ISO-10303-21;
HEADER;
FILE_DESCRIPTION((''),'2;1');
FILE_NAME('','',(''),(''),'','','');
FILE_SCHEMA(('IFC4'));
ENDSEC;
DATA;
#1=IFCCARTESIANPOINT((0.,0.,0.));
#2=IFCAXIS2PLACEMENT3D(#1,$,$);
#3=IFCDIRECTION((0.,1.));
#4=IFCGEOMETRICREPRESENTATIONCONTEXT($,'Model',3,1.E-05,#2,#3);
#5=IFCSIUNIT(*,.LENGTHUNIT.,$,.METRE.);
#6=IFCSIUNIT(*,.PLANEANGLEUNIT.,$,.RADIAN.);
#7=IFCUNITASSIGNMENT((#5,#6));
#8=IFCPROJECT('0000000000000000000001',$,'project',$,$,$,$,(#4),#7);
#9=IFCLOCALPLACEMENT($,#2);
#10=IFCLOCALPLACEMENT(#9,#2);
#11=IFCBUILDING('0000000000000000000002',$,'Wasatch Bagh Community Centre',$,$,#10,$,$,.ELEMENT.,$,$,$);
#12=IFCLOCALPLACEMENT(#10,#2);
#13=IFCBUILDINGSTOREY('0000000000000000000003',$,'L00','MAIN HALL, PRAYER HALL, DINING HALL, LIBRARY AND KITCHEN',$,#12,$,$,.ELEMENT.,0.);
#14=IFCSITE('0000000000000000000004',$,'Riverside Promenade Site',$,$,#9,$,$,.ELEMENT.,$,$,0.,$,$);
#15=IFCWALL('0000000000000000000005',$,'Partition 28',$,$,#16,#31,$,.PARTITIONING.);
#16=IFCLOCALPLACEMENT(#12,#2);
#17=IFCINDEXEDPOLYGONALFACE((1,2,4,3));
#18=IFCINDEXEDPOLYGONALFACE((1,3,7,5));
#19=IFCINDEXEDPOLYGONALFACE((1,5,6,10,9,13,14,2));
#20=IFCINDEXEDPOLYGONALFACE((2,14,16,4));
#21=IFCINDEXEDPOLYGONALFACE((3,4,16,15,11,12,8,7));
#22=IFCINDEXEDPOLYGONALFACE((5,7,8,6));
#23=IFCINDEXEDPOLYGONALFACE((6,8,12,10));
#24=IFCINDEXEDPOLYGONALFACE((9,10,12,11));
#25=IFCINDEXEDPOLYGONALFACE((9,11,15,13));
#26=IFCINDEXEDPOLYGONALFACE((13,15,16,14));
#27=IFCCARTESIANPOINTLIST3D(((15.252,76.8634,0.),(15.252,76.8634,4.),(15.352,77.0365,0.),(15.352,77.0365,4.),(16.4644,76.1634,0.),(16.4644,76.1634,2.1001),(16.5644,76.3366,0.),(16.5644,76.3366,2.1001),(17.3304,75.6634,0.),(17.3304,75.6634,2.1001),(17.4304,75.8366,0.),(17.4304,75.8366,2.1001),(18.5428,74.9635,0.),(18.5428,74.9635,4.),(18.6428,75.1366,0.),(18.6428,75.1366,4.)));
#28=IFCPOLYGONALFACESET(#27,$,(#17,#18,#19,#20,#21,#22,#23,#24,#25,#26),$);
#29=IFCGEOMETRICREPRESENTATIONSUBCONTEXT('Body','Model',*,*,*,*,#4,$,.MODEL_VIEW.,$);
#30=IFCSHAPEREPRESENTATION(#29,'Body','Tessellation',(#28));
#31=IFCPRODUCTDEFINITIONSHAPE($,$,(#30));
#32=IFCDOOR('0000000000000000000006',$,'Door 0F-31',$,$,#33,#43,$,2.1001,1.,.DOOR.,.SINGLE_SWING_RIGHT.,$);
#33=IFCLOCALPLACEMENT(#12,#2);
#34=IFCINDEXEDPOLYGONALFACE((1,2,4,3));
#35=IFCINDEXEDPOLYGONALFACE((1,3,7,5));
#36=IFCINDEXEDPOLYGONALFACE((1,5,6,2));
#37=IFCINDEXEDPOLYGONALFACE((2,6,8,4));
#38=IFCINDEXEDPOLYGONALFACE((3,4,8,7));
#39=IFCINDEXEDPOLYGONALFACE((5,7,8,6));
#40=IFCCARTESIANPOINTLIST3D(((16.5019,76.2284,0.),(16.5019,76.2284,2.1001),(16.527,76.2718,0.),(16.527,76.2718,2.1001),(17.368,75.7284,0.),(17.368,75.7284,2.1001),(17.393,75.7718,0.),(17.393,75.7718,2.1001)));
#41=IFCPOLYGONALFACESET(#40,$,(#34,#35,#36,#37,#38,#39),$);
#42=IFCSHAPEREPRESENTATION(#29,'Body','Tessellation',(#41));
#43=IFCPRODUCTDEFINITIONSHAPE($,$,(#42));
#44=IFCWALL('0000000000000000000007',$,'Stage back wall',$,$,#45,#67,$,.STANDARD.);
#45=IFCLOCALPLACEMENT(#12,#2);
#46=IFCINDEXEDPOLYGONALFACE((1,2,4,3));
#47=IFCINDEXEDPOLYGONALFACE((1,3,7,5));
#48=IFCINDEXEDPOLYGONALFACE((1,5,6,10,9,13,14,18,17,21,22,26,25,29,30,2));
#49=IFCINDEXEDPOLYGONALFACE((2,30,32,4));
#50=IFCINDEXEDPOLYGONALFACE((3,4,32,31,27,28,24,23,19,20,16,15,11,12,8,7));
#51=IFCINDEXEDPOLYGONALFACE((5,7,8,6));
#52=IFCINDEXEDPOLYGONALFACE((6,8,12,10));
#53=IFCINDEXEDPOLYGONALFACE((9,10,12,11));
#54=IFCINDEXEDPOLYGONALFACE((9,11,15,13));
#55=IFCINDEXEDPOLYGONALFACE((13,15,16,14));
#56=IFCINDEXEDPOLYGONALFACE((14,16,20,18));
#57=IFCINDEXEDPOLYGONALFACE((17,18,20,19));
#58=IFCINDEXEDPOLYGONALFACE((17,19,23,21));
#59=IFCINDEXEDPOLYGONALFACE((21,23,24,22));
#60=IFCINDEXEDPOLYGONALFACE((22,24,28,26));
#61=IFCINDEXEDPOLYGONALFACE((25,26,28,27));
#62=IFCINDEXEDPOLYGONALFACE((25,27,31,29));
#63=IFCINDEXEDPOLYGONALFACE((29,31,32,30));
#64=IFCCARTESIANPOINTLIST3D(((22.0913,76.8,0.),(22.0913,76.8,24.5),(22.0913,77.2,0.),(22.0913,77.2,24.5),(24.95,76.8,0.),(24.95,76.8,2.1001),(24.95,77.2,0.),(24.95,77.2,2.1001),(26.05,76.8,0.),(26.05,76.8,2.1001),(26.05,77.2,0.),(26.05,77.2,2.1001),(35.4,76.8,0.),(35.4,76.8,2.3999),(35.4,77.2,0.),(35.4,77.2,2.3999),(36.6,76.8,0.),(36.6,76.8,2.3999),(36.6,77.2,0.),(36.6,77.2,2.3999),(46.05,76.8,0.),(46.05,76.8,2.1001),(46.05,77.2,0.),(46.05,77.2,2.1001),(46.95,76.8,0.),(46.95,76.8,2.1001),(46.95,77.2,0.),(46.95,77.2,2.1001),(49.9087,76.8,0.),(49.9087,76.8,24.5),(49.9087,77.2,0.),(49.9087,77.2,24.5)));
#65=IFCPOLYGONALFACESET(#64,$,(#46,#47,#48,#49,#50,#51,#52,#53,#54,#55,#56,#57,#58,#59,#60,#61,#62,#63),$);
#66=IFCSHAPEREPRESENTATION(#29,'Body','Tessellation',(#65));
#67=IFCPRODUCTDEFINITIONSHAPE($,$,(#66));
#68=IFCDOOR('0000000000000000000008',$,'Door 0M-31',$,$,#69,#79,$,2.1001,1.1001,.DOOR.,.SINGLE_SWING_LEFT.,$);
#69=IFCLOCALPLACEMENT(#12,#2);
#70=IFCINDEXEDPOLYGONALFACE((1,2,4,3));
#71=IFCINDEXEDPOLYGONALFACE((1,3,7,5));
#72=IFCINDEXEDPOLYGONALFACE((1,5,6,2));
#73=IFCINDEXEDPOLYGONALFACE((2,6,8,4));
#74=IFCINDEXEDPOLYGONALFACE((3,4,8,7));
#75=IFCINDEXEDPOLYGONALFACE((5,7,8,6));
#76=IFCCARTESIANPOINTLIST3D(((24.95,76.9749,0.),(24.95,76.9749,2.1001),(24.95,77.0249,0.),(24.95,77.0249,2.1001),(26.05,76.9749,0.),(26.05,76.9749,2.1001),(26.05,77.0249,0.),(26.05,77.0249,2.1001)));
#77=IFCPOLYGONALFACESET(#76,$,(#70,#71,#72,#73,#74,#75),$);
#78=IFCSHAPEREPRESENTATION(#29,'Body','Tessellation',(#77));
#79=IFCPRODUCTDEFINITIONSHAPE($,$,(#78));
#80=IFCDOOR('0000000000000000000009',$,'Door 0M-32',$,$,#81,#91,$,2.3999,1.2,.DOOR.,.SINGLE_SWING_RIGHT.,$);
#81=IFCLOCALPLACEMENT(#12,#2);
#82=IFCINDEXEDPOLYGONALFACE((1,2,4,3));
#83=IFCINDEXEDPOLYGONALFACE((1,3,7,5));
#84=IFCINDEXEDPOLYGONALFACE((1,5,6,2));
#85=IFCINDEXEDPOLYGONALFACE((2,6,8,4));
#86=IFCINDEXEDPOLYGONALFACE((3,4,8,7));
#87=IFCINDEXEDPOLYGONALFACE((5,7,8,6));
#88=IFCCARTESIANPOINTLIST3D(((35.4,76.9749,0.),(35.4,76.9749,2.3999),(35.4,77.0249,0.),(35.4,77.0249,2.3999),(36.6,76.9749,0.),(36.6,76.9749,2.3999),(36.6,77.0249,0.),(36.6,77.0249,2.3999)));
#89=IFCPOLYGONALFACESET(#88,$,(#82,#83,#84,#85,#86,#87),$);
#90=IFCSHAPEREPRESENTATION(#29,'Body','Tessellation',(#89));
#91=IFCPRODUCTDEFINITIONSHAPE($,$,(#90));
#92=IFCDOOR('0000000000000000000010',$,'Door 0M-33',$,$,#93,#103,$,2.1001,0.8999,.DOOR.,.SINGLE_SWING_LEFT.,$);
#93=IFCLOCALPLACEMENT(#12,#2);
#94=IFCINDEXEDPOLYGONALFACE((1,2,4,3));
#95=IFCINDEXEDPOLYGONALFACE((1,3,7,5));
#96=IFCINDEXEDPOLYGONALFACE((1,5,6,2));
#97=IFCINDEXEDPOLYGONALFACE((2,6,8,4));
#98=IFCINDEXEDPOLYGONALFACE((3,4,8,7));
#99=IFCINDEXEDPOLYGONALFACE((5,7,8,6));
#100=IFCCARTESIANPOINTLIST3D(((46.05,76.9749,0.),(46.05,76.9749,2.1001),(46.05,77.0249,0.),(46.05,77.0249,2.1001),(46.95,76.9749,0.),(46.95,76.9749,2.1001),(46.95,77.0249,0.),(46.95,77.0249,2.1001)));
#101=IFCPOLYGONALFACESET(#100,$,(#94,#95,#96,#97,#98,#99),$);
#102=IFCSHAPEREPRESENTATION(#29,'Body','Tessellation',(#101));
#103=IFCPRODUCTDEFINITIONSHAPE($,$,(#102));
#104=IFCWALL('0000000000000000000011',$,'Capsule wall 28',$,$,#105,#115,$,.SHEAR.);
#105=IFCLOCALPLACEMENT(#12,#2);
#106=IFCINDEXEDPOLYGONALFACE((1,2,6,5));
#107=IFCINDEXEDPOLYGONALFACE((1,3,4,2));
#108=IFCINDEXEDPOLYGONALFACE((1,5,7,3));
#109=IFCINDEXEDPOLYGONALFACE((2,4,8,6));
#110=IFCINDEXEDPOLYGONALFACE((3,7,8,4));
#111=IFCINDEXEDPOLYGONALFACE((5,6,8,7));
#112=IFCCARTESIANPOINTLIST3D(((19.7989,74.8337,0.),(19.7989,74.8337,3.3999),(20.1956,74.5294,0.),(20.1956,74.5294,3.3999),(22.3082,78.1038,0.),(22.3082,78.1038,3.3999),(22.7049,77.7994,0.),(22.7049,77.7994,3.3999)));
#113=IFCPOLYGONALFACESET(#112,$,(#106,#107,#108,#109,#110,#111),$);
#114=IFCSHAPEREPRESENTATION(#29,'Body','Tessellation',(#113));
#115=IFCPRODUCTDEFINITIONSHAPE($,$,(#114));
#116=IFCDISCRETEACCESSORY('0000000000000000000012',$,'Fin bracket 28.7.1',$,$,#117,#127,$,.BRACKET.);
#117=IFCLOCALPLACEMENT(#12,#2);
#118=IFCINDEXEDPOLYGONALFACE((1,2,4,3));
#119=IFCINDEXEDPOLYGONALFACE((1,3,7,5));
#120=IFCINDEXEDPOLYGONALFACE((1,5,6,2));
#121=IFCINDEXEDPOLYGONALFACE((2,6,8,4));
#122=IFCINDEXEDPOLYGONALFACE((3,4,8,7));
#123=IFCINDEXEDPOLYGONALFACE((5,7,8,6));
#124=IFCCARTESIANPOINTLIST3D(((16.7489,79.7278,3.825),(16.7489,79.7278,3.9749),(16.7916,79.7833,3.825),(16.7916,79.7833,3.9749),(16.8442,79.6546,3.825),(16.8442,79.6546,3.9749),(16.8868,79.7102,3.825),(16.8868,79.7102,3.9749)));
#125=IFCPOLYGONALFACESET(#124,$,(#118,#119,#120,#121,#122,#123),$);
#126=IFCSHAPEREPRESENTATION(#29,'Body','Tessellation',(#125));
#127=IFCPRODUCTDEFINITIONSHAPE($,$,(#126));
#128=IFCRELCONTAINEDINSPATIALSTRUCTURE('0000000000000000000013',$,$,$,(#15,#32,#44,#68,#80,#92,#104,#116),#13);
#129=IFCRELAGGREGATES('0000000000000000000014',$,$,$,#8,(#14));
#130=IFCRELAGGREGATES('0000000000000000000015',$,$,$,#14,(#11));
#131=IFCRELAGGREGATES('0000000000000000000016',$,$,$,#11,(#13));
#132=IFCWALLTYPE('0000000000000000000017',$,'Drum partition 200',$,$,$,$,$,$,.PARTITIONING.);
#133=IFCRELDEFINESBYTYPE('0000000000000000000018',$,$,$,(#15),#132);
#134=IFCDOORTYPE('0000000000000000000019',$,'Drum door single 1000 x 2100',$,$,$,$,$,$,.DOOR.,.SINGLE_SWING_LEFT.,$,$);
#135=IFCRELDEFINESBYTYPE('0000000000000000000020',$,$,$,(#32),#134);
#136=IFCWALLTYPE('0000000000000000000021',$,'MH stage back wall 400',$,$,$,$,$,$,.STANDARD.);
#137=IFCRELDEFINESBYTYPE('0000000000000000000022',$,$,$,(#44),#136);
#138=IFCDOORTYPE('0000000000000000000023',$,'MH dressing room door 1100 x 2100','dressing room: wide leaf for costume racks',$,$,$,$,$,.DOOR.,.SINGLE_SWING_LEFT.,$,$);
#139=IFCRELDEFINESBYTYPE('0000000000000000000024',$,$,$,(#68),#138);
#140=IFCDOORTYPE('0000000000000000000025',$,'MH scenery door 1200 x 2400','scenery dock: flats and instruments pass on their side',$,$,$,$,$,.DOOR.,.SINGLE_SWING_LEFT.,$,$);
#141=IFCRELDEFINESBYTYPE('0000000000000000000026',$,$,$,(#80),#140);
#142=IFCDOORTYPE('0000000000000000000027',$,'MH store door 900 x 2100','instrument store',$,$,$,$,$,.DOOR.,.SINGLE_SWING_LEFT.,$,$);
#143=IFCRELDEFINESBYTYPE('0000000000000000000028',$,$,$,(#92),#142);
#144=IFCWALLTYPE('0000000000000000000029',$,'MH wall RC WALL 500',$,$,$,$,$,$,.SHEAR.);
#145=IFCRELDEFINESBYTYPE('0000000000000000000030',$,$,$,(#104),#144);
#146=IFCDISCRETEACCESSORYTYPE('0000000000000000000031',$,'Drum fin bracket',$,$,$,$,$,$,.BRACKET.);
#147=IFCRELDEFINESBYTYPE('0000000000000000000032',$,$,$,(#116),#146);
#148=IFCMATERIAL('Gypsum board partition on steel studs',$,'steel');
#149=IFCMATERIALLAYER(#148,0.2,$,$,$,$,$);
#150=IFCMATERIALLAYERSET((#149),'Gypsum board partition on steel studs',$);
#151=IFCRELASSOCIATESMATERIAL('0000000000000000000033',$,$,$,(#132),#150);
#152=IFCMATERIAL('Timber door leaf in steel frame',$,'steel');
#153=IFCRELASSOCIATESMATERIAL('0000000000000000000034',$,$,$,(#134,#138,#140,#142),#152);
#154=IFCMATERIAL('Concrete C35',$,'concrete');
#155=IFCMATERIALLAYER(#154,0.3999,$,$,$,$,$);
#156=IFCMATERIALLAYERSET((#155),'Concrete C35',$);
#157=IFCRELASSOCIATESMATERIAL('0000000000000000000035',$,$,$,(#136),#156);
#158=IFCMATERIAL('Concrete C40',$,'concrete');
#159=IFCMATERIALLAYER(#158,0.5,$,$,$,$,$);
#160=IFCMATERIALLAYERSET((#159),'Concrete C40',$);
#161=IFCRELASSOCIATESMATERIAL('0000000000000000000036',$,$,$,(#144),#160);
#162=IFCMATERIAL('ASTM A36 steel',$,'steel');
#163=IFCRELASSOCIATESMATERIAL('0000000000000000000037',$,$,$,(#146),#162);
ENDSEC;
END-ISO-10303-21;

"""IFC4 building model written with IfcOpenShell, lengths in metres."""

from ifc_helpers import new_model, si_unit, direction, frame, frame_2d, origin, origin_2d, place, context, subcontext, project, spatial, rectangle, extrude, material, layer, layer_set, type_object, element, fill, save


model = new_model("IFC4")

# Units and contexts
model_context = context("Model", 3, precision=1e-05, world=origin(), true_north=direction((0.0, 1.0)))
body_context = subcontext(model_context, "Body", "Model", "MODEL_VIEW")
ifc_project = project(units=[si_unit("LENGTHUNIT", "METRE"), si_unit("PLANEANGLEUNIT", "RADIAN")], contexts=[model_context])

# Site, building, storey
site_placement = place(None, origin())
site = spatial("IfcSite", under=ifc_project, at=site_placement, Name="Riverside Promenade Site", CompositionType="ELEMENT", RefElevation=0.0)
building_placement = place(site_placement, origin())
building = spatial("IfcBuilding", under=site, at=building_placement, Name="Wasatch Bagh Community Centre", CompositionType="ELEMENT")
storey_placement = place(building_placement, origin())
storey = spatial("IfcBuildingStorey", under=building, at=storey_placement, Name="L00", Description="MAIN HALL, PRAYER HALL, DINING HALL, LIBRARY AND KITCHEN", CompositionType="ELEMENT", Elevation=0.0)

# Shared definitions
ifc_material_1 = material(Name="Concrete C35", Category="concrete")

# Shared definitions
ifc_material_2 = material(Name="Concrete C40", Category="concrete")

# Wall, opening, door
ifc_material_3 = material(Name="Gypsum board partition on steel studs", Category="steel")
ifc_layer_1 = layer(ifc_material_3, 0.2)
ifc_layer_set_1 = layer_set([ifc_layer_1], Name="Gypsum board partition on steel studs")
wall_type_1 = type_object("IfcWallType", Name="Drum partition 200", PredefinedType="PARTITIONING", material=ifc_layer_set_1)
wall_1_placement = place(storey_placement, frame((18.5928, 75.05, 0.0), z_axis=(0.0, 0.0, 1.0), x_axis=(-0.866028, 0.499995, 0.0)))
wall_1 = element("IfcWall", 1, at=wall_1_placement, inside=storey, type_object=wall_type_1, Name="Partition 28", PredefinedType="PARTITIONING", context=body_context, shape_type="SweptSolid", body=[
    extrude(rectangle(XDim=3.7998, YDim=0.2, at=frame_2d((1.8999, 0.0))), origin(), (0.0, 0.0, 1.0), 4.0),
])
opening_1_placement = place(wall_1_placement, frame((1.3999, 0.0, 0.0)))
opening_1 = element("IfcOpeningElement", 2, at=opening_1_placement, cuts=wall_1, PredefinedType="OPENING", context=body_context, shape_type="SweptSolid", body=[
    extrude(rectangle(XDim=1.0, YDim=2.1001, at=frame_2d((0.5, 1.05))), frame((0.0, 0.1099, 0.0), z_axis=(0.0, -1.0, 0.0), x_axis=(1.0, 0.0, 0.0)), (0.0, 0.0, 1.0), 0.22),
])
ifc_material_4 = material(Name="Timber door leaf in steel frame", Category="steel")
door_type_1 = type_object("IfcDoorType", Name="Drum door single 1000 x 2100", OperationType="SINGLE_SWING_LEFT", PredefinedType="DOOR", material=ifc_material_4)
door_1_placement = place(opening_1_placement, origin())
door_1 = element("IfcDoor", 3, at=door_1_placement, inside=storey, type_object=door_type_1, Name="Door 0F-31", OperationType="SINGLE_SWING_RIGHT", OverallHeight=2.1001, OverallWidth=1.0, PredefinedType="DOOR", context=body_context, shape_type="SweptSolid", body=[
    extrude(rectangle(XDim=1.0, YDim=2.1001, at=frame_2d((0.5, 1.05))), frame((0.0, 0.0249, 0.0), z_axis=(0.0, -1.0, 0.0), x_axis=(1.0, 0.0, 0.0)), (0.0, 0.0, 1.0), 0.05),
])
fill(opening_1, door_1)

# Wall, openings, doors
ifc_layer_2 = layer(ifc_material_1, 0.3999)
ifc_layer_set_2 = layer_set([ifc_layer_2], Name="Concrete C35")
wall_type_2 = type_object("IfcWallType", Name="MH stage back wall 400", PredefinedType="STANDARD", material=ifc_layer_set_2)
wall_2_placement = place(storey_placement, frame((22.0913, 77.0, 0.0), z_axis=(0.0, 0.0, 1.0), x_axis=(1.0, 0.0, 0.0)))
wall_2 = element("IfcWall", 4, at=wall_2_placement, inside=storey, type_object=wall_type_2, Name="Stage back wall", PredefinedType="STANDARD", context=body_context, shape_type="SweptSolid", body=[
    extrude(rectangle(XDim=27.8174, YDim=0.3999, at=frame_2d((13.9087, 0.0))), origin(), (0.0, 0.0, 1.0), 24.5),
])
opening_2_placement = place(wall_2_placement, frame((2.8586, 0.0, 0.0)))
opening_2 = element("IfcOpeningElement", 5, at=opening_2_placement, cuts=wall_2, PredefinedType="OPENING", context=body_context, shape_type="SweptSolid", body=[
    extrude(rectangle(XDim=1.1001, YDim=2.1001, at=frame_2d((0.55, 1.05))), frame((0.0, 0.21, 0.0), z_axis=(0.0, -1.0, 0.0), x_axis=(1.0, 0.0, 0.0)), (0.0, 0.0, 1.0), 0.4199),
])
opening_3_placement = place(wall_2_placement, frame((13.3086, 0.0, 0.0)))
opening_3 = element("IfcOpeningElement", 6, at=opening_3_placement, cuts=wall_2, PredefinedType="OPENING", context=body_context, shape_type="SweptSolid", body=[
    extrude(rectangle(XDim=1.2, YDim=2.3999, at=frame_2d((0.6001, 1.2))), frame((0.0, 0.21, 0.0), z_axis=(0.0, -1.0, 0.0), x_axis=(1.0, 0.0, 0.0)), (0.0, 0.0, 1.0), 0.4199),
])
opening_4_placement = place(wall_2_placement, frame((23.9587, 0.0, 0.0)))
opening_4 = element("IfcOpeningElement", 7, at=opening_4_placement, cuts=wall_2, PredefinedType="OPENING", context=body_context, shape_type="SweptSolid", body=[
    extrude(rectangle(XDim=0.8999, YDim=2.1001, at=frame_2d((0.45, 1.05))), frame((0.0, 0.21, 0.0), z_axis=(0.0, -1.0, 0.0), x_axis=(1.0, 0.0, 0.0)), (0.0, 0.0, 1.0), 0.4199),
])
door_type_2 = type_object("IfcDoorType", Name="MH dressing room door 1100 x 2100", Description="dressing room: wide leaf for costume racks", OperationType="SINGLE_SWING_LEFT", PredefinedType="DOOR", material=ifc_material_4)
door_2_placement = place(opening_2_placement, origin())
door_2 = element("IfcDoor", 8, at=door_2_placement, inside=storey, type_object=door_type_2, Name="Door 0M-31", OperationType="SINGLE_SWING_LEFT", OverallHeight=2.1001, OverallWidth=1.1001, PredefinedType="DOOR", context=body_context, shape_type="SweptSolid", body=[
    extrude(rectangle(XDim=1.1001, YDim=2.1001, at=frame_2d((0.55, 1.05))), frame((0.0, 0.0249, 0.0), z_axis=(0.0, -1.0, 0.0), x_axis=(1.0, 0.0, 0.0)), (0.0, 0.0, 1.0), 0.05),
])
fill(opening_2, door_2)
door_type_3 = type_object("IfcDoorType", Name="MH scenery door 1200 x 2400", Description="scenery dock: flats and instruments pass on their side", OperationType="SINGLE_SWING_LEFT", PredefinedType="DOOR", material=ifc_material_4)
door_3_placement = place(opening_3_placement, origin())
door_3 = element("IfcDoor", 9, at=door_3_placement, inside=storey, type_object=door_type_3, Name="Door 0M-32", OperationType="SINGLE_SWING_RIGHT", OverallHeight=2.3999, OverallWidth=1.2, PredefinedType="DOOR", context=body_context, shape_type="SweptSolid", body=[
    extrude(rectangle(XDim=1.2, YDim=2.3999, at=frame_2d((0.6001, 1.2))), frame((0.0, 0.0249, 0.0), z_axis=(0.0, -1.0, 0.0), x_axis=(1.0, 0.0, 0.0)), (0.0, 0.0, 1.0), 0.05),
])
fill(opening_3, door_3)
door_type_4 = type_object("IfcDoorType", Name="MH store door 900 x 2100", Description="instrument store", OperationType="SINGLE_SWING_LEFT", PredefinedType="DOOR", material=ifc_material_4)
door_4_placement = place(opening_4_placement, origin())
door_4 = element("IfcDoor", 10, at=door_4_placement, inside=storey, type_object=door_type_4, Name="Door 0M-33", OperationType="SINGLE_SWING_LEFT", OverallHeight=2.1001, OverallWidth=0.8999, PredefinedType="DOOR", context=body_context, shape_type="SweptSolid", body=[
    extrude(rectangle(XDim=0.8999, YDim=2.1001, at=frame_2d((0.45, 1.05))), frame((0.0, 0.0249, 0.0), z_axis=(0.0, -1.0, 0.0), x_axis=(1.0, 0.0, 0.0)), (0.0, 0.0, 1.0), 0.05),
])
fill(opening_4, door_4)

# Wall
ifc_layer_3 = layer(ifc_material_2, 0.5)
ifc_layer_set_3 = layer_set([ifc_layer_3], Name="Concrete C40")
wall_type_3 = type_object("IfcWallType", Name="MH wall RC WALL 500", PredefinedType="SHEAR", material=ifc_layer_set_3)
wall_3_placement = place(storey_placement, frame((22.5066, 77.9517, 0.0), z_axis=(0.0, 0.0, 1.0), x_axis=(-0.608777, -0.793341, 0.0)))
element("IfcWall", 11, at=wall_3_placement, inside=storey, type_object=wall_type_3, Name="Capsule wall 28", PredefinedType="SHEAR", context=body_context, shape_type="SweptSolid", body=[
    extrude(rectangle(XDim=4.1218, YDim=0.5, at=frame_2d((2.061, 0.0))), origin(), (0.0, 0.0, 1.0), 3.3999),
])

# Discrete accessory
ifc_material_5 = material(Name="ASTM A36 steel", Category="steel")
discrete_accessory_type = type_object("IfcDiscreteAccessoryType", Name="Drum fin bracket", PredefinedType="BRACKET", material=ifc_material_5)
discrete_accessory_placement = place(storey_placement, frame((16.8179, 79.719, 3.825), z_axis=(0.0, 0.0, 1.0), x_axis=(-0.608761, -0.793353, 0.0)))
element("IfcDiscreteAccessory", 12, at=discrete_accessory_placement, inside=storey, type_object=discrete_accessory_type, Name="Fin bracket 28.7.1", PredefinedType="BRACKET", context=body_context, shape_type="SweptSolid", body=[
    extrude(rectangle(XDim=0.0701, YDim=0.1201, at=origin_2d()), origin(), (0.0, 0.0, 1.0), 0.1499),
])

save(model, "model.ifc")
